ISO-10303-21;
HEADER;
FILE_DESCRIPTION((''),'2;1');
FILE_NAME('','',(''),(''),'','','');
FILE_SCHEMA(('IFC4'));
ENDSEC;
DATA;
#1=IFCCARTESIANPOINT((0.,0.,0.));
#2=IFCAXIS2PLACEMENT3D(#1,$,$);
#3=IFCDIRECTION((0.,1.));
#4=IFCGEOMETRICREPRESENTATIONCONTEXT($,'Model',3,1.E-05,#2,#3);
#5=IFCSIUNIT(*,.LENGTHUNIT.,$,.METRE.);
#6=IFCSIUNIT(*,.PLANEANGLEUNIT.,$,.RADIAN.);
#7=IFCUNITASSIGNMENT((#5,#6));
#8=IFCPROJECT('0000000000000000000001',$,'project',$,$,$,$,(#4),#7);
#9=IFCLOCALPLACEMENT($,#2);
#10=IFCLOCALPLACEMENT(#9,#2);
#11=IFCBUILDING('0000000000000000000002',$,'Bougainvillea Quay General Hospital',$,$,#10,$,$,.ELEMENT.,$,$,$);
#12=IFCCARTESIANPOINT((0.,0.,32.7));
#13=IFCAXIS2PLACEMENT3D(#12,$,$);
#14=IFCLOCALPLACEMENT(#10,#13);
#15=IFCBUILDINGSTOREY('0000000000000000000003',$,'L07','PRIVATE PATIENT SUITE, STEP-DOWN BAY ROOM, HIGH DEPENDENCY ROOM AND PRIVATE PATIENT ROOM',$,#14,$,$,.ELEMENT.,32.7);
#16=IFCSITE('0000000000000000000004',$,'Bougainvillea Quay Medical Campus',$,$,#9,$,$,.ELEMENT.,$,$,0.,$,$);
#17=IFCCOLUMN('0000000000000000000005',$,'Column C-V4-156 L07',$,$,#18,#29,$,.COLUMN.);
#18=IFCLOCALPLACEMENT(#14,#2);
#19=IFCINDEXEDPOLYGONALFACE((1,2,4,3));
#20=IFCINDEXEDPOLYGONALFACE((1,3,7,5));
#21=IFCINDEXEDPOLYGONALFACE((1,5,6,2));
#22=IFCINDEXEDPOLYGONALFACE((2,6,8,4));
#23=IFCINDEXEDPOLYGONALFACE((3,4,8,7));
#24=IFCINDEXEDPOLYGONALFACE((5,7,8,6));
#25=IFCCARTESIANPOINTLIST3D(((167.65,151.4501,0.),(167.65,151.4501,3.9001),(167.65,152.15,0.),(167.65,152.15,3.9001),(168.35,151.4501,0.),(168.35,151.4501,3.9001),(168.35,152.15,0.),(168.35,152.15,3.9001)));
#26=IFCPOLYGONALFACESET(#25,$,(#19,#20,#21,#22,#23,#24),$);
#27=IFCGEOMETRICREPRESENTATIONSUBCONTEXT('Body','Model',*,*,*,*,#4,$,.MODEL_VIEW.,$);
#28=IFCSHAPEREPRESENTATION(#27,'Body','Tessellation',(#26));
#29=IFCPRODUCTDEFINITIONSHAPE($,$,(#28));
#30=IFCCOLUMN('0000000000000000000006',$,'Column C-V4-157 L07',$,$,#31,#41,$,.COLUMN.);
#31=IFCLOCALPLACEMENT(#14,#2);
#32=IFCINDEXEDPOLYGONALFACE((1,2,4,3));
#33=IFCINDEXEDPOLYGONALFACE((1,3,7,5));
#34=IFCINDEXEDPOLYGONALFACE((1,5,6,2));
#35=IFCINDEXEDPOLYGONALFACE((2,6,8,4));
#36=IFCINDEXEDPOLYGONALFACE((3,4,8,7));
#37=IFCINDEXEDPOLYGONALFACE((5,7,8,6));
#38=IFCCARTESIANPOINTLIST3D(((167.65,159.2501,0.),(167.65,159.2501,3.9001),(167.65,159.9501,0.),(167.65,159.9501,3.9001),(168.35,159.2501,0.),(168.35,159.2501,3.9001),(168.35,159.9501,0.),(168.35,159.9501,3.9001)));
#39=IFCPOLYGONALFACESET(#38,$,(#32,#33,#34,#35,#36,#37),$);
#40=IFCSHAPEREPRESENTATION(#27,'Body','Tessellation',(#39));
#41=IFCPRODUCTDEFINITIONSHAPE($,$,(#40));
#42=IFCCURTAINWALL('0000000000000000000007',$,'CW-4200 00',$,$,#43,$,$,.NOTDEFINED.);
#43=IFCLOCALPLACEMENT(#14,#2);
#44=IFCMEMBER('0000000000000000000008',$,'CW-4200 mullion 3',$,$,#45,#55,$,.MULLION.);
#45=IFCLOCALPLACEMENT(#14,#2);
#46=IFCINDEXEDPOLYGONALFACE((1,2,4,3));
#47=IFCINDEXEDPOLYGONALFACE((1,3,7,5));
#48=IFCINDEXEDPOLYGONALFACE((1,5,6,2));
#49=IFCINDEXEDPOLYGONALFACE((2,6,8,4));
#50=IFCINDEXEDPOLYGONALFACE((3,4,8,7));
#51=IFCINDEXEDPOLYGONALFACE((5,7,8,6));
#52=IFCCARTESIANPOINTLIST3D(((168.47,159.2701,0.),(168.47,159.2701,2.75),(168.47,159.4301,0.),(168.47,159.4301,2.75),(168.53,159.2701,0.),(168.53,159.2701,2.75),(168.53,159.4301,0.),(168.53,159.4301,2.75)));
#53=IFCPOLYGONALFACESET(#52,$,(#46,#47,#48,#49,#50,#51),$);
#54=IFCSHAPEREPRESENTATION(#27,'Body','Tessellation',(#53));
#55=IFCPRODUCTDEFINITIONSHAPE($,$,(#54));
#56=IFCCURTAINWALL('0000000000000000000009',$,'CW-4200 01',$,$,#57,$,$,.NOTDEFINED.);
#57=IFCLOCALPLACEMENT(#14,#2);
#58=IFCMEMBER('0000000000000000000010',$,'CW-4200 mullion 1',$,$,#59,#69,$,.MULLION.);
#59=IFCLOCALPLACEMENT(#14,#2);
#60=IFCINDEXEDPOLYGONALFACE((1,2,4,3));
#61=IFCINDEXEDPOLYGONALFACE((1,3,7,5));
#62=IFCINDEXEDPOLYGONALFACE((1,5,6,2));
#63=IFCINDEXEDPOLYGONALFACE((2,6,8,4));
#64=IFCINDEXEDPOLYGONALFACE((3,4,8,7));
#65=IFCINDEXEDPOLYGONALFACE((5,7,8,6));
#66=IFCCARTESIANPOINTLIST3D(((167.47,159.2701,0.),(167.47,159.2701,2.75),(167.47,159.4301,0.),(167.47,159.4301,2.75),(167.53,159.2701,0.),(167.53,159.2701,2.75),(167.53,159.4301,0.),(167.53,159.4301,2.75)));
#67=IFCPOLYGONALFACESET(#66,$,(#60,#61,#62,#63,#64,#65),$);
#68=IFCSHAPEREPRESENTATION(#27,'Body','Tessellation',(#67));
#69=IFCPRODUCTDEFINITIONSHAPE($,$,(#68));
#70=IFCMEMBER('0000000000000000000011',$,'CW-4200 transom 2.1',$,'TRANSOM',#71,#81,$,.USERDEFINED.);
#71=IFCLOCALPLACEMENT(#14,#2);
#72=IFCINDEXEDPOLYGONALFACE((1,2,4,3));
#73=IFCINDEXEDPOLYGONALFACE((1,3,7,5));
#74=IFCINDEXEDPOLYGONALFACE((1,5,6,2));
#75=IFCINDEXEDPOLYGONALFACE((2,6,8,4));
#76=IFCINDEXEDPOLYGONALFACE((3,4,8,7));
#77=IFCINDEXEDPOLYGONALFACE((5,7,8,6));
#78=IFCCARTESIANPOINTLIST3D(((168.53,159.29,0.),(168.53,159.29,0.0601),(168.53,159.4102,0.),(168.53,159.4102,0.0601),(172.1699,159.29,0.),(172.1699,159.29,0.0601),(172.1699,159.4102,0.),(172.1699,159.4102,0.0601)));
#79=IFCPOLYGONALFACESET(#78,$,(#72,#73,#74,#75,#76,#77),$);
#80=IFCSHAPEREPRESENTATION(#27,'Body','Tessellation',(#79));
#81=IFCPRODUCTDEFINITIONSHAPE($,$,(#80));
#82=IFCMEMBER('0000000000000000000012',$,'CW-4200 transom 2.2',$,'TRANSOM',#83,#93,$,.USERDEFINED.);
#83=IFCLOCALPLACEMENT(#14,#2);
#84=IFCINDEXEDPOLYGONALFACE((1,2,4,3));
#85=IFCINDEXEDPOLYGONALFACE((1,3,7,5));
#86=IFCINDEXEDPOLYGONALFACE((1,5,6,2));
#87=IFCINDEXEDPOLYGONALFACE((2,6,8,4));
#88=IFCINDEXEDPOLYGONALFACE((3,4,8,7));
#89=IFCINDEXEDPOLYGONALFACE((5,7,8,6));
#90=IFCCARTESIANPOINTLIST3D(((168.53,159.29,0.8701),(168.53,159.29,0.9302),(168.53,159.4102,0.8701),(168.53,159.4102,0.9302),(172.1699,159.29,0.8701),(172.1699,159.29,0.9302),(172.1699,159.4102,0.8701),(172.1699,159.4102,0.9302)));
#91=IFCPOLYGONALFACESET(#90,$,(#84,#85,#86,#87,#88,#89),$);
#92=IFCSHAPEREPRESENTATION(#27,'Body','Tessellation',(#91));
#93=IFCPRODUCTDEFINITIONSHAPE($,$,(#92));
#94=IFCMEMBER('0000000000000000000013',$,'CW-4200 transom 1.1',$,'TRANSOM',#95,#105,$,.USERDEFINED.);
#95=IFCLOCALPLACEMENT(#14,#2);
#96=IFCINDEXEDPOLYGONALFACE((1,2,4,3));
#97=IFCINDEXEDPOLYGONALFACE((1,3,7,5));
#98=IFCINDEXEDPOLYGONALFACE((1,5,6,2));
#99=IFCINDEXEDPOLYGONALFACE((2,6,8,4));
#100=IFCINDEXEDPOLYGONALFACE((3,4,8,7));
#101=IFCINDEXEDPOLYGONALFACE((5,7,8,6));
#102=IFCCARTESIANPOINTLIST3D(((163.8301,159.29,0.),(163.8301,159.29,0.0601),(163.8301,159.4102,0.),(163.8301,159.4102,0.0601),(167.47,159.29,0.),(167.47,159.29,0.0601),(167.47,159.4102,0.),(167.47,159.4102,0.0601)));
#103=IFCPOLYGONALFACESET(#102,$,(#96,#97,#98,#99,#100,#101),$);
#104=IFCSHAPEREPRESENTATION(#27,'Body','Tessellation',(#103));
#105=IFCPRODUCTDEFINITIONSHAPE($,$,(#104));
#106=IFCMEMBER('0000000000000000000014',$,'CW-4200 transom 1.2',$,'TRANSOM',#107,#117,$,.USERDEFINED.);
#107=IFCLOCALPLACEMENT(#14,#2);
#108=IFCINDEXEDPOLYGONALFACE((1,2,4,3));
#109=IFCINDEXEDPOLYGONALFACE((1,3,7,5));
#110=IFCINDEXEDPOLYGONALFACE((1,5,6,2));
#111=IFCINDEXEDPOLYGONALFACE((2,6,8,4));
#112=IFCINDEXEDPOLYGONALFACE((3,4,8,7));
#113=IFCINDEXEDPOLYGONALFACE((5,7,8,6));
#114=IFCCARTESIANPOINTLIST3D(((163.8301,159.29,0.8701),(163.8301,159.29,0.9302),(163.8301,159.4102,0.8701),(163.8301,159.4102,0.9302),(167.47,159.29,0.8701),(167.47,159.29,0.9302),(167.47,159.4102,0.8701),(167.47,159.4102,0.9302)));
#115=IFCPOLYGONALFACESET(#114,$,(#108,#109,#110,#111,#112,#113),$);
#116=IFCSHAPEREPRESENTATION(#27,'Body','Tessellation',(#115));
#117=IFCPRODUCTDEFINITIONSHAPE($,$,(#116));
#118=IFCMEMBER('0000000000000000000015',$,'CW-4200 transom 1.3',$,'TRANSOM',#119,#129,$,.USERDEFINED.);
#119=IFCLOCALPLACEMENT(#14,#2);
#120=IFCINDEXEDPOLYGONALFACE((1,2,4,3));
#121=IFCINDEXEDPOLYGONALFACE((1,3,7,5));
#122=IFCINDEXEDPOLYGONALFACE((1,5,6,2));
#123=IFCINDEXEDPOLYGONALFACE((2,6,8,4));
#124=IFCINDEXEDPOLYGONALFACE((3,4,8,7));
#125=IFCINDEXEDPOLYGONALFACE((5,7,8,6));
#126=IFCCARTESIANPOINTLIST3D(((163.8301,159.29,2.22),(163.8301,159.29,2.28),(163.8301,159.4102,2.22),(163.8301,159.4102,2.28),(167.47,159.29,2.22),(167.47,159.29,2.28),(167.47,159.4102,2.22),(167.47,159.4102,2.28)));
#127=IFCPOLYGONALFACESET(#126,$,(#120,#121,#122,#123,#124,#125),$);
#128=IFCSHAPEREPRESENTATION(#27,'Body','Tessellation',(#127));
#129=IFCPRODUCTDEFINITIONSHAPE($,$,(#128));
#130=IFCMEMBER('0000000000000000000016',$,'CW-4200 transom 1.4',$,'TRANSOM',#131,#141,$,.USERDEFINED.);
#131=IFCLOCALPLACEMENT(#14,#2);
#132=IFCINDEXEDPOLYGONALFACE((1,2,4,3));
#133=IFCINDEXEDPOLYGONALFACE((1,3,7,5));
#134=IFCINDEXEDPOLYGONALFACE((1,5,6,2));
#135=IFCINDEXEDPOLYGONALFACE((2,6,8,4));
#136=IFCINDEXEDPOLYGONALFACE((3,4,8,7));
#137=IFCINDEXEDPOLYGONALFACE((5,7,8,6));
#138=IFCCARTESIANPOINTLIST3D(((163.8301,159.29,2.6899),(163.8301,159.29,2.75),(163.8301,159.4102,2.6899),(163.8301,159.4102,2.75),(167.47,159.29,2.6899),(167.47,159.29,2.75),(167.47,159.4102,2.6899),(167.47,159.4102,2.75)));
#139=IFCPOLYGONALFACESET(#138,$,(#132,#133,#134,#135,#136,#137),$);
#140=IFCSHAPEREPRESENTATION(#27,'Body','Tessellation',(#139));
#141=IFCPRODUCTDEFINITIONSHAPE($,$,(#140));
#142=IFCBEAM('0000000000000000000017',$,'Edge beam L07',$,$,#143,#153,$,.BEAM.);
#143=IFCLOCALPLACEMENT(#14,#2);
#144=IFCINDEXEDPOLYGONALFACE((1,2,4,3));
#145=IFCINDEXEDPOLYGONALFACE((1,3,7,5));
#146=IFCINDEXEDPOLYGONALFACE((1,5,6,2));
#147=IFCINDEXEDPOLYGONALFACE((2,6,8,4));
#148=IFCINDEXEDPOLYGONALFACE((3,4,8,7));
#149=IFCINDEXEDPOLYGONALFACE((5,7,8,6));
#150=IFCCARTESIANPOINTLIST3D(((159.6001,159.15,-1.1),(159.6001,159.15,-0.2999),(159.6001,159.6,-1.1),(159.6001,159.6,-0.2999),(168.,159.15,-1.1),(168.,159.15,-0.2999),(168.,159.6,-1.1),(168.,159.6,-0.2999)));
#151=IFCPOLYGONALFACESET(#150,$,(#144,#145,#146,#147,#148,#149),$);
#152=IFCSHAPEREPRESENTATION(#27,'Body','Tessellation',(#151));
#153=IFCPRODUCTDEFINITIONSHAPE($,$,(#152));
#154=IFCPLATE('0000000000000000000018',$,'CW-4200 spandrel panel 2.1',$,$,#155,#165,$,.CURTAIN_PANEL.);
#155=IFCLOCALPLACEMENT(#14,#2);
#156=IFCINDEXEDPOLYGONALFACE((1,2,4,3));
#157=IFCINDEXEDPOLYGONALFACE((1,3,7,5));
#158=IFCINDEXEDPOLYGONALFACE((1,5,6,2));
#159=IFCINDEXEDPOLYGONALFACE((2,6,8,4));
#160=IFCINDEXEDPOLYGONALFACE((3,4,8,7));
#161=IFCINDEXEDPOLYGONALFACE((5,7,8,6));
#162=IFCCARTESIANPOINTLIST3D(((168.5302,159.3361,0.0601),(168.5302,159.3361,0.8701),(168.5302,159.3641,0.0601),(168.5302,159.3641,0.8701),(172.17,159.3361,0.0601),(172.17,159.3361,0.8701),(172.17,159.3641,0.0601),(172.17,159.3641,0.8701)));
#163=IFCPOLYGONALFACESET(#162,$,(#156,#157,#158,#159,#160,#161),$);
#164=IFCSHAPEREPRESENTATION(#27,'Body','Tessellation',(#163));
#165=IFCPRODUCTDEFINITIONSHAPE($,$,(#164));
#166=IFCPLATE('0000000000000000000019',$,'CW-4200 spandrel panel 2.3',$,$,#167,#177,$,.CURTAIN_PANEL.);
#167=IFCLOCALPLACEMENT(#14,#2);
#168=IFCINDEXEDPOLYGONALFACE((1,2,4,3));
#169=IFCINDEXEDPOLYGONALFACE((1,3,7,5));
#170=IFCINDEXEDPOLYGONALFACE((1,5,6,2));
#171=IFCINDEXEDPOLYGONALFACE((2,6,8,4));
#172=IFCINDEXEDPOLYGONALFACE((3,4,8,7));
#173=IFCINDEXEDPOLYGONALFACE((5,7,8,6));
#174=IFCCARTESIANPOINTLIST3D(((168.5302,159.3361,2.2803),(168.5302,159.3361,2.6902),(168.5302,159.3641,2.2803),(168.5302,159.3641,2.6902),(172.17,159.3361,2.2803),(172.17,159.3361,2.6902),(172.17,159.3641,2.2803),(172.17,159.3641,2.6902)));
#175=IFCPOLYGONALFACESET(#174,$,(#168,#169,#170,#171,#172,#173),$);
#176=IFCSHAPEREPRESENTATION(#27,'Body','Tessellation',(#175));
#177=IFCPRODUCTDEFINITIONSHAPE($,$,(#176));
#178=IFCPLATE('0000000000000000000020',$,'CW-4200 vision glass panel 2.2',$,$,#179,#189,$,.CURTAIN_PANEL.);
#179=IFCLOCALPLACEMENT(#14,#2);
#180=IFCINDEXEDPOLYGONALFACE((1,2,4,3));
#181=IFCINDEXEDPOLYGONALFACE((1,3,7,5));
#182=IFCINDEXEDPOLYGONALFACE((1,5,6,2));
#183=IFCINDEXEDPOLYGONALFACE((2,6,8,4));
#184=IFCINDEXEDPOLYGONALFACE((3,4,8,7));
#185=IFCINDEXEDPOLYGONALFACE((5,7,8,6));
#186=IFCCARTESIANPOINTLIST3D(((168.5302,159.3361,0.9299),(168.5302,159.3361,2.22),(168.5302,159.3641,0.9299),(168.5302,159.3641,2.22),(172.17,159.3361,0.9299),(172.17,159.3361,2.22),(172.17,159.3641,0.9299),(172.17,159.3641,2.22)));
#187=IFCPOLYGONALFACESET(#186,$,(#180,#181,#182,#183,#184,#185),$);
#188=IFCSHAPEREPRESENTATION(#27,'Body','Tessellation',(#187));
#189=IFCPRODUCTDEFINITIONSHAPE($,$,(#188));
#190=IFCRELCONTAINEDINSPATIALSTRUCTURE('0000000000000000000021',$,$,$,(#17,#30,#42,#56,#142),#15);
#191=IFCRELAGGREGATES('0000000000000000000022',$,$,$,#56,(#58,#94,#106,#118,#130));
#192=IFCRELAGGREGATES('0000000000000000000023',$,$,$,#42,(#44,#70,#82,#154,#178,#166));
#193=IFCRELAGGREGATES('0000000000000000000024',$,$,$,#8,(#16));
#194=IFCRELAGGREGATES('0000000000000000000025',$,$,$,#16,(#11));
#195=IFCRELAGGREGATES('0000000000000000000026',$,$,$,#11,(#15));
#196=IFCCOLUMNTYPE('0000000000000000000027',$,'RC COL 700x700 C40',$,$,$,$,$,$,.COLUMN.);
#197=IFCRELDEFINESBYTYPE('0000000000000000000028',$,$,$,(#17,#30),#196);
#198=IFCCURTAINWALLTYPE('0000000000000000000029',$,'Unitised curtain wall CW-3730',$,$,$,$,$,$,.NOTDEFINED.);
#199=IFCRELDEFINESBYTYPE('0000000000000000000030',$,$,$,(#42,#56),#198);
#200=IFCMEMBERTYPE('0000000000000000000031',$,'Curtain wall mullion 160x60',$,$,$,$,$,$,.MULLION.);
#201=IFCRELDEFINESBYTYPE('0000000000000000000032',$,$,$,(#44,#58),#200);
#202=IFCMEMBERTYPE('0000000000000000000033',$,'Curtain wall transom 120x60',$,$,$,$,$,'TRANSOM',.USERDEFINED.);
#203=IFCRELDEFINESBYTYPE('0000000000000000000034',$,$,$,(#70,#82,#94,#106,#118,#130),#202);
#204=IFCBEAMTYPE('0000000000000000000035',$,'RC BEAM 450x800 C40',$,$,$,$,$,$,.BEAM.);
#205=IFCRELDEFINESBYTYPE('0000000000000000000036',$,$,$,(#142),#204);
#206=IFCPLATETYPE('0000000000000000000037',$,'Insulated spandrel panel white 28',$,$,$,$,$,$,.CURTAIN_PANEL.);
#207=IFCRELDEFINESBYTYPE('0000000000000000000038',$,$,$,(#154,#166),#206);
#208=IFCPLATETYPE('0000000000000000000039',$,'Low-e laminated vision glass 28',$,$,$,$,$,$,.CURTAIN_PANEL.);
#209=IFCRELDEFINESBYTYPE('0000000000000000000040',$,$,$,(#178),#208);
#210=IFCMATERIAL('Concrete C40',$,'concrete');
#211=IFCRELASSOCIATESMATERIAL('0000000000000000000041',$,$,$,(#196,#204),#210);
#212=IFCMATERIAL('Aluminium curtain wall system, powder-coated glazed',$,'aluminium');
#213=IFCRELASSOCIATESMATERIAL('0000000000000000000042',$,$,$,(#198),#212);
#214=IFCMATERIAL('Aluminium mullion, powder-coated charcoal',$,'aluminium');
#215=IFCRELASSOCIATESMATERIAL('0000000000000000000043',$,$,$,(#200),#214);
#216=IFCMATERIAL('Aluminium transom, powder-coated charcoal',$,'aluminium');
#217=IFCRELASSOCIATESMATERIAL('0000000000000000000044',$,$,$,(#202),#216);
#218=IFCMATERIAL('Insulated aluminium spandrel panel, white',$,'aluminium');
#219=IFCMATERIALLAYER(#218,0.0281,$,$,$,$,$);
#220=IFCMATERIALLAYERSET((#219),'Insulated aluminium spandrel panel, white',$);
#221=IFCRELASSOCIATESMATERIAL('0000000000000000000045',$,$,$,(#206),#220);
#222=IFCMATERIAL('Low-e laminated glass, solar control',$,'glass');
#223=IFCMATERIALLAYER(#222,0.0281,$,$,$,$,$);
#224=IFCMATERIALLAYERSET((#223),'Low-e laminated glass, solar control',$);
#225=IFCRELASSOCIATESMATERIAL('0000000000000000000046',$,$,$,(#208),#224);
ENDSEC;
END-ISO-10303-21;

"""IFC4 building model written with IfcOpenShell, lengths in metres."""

from ifc_helpers import new_model, si_unit, direction, frame, origin, origin_2d, place, context, subcontext, project, spatial, rectangle, extrude, material, layer, layer_set, material_profile, profile_set, type_object, element, aggregate, save


model = new_model("IFC4")

# Units and contexts
model_context = context("Model", 3, precision=1e-05, world=origin(), true_north=direction((0.0, 1.0)))
body_context = subcontext(model_context, "Body", "Model", "MODEL_VIEW")
ifc_project = project(units=[si_unit("LENGTHUNIT", "METRE"), si_unit("PLANEANGLEUNIT", "RADIAN")], contexts=[model_context])

# Site, building, storey
site_placement = place(None, origin())
site = spatial("IfcSite", under=ifc_project, at=site_placement, Name="Bougainvillea Quay Medical Campus", CompositionType="ELEMENT", RefElevation=0.0)
building_placement = place(site_placement, origin())
building = spatial("IfcBuilding", under=site, at=building_placement, Name="Bougainvillea Quay General Hospital", CompositionType="ELEMENT")
storey_placement = place(building_placement, frame((0.0, 0.0, 32.7)))
storey = spatial("IfcBuildingStorey", under=building, at=storey_placement, Name="L07", Description="PRIVATE PATIENT SUITE, STEP-DOWN BAY ROOM, HIGH DEPENDENCY ROOM AND PRIVATE PATIENT ROOM", CompositionType="ELEMENT", Elevation=32.7)

# Columns
ifc_material_1 = material(Name="Concrete C40", Category="concrete")
ifc_material_profile_1 = material_profile(ifc_material_1, rectangle(XDim=0.7, YDim=0.7, at=origin_2d()))
ifc_profile_set_1 = profile_set([ifc_material_profile_1], Name="Concrete C40")
column_type = type_object("IfcColumnType", Name="RC COL 700x700 C40", PredefinedType="COLUMN", material=ifc_profile_set_1)
for number, where, z_axis, x_axis, name in (
    (1, (168.0, 151.8, 0.0), (0.0, 0.0, 1.0), (1.0, 0.0, 0.0), "Column C-V4-156 L07"),
    (2, (168.0, 159.6001, 0.0), (0.0, 0.0, 1.0), (1.0, 0.0, 0.0), "Column C-V4-157 L07"),
):
    element("IfcColumn", number, at=place(storey_placement, frame(where, z_axis=z_axis, x_axis=x_axis)), inside=storey, type_object=column_type, Name=name, PredefinedType="COLUMN", context=body_context, shape_type="SweptSolid", body=[
        extrude(rectangle(XDim=0.7, YDim=0.7, at=origin_2d()), origin(), (0.0, 0.0, 1.0), 3.9001),
    ])

# Curtain walls, members
ifc_material_2 = material(Name="Aluminium curtain wall system, powder-coated glazed", Category="aluminium")
curtain_wall_type = type_object("IfcCurtainWallType", Name="Unitised curtain wall CW-3730", PredefinedType="NOTDEFINED", material=ifc_material_2)
curtain_wall_1_placement = place(storey_placement, origin())
curtain_wall_1 = element("IfcCurtainWall", 3, at=curtain_wall_1_placement, inside=storey, type_object=curtain_wall_type, Name="CW-4200 00", PredefinedType="NOTDEFINED")
ifc_material_3 = material(Name="Aluminium mullion, powder-coated charcoal", Category="aluminium")
ifc_material_profile_2 = material_profile(ifc_material_3, rectangle(XDim=0.1599, YDim=0.0601, at=origin_2d()))
ifc_profile_set_2 = profile_set([ifc_material_profile_2], Name="Aluminium mullion, powder-coated charcoal")
member_type_1 = type_object("IfcMemberType", Name="Curtain wall mullion 160x60", PredefinedType="MULLION", material=ifc_profile_set_2)
member_1_placement = place(storey_placement, frame((168.5, 159.3501, 0.0), z_axis=(0.0, 0.0, 1.0), x_axis=(0.0, -1.0, 0.0)))
member_1 = element("IfcMember", 4, at=member_1_placement, type_object=member_type_1, Name="CW-4200 mullion 3", PredefinedType="MULLION", context=body_context, shape_type="SweptSolid", body=[
    extrude(rectangle(XDim=0.1599, YDim=0.0601, at=origin_2d()), origin(), (0.0, 0.0, 1.0), 2.75),
])
curtain_wall_2_placement = place(storey_placement, origin())
curtain_wall_2 = element("IfcCurtainWall", 5, at=curtain_wall_2_placement, inside=storey, type_object=curtain_wall_type, Name="CW-4200 01", PredefinedType="NOTDEFINED")
member_2_placement = place(storey_placement, frame((167.5, 159.3501, 0.0), z_axis=(0.0, 0.0, 1.0), x_axis=(0.0, -1.0, 0.0)))
member_2 = element("IfcMember", 6, at=member_2_placement, type_object=member_type_1, Name="CW-4200 mullion 1", PredefinedType="MULLION", context=body_context, shape_type="SweptSolid", body=[
    extrude(rectangle(XDim=0.1599, YDim=0.0601, at=origin_2d()), origin(), (0.0, 0.0, 1.0), 2.75),
])

# Members
ifc_material_4 = material(Name="Aluminium transom, powder-coated charcoal", Category="aluminium")
ifc_material_profile_3 = material_profile(ifc_material_4, rectangle(XDim=0.1201, YDim=0.0601, at=origin_2d()))
ifc_profile_set_3 = profile_set([ifc_material_profile_3], Name="Aluminium transom, powder-coated charcoal")
member_type_2 = type_object("IfcMemberType", Name="Curtain wall transom 120x60", ElementType="TRANSOM", PredefinedType="USERDEFINED", material=ifc_profile_set_3)
member_3_placement = place(storey_placement, frame((172.1699, 159.3501, 0.03), z_axis=(-1.0, 0.0, 0.0), x_axis=(0.0, -1.0, 0.0)))
member_3 = element("IfcMember", 7, at=member_3_placement, type_object=member_type_2, Name="CW-4200 transom 2.1", ObjectType="TRANSOM", PredefinedType="USERDEFINED", context=body_context, shape_type="SweptSolid", body=[
    extrude(rectangle(XDim=0.1201, YDim=0.0601, at=origin_2d()), origin(), (0.0, 0.0, 1.0), 3.6399),
])
member_4_placement = place(storey_placement, frame((172.1699, 159.3501, 0.9001), z_axis=(-1.0, 0.0, 0.0), x_axis=(0.0, -1.0, 0.0)))
member_4 = element("IfcMember", 8, at=member_4_placement, type_object=member_type_2, Name="CW-4200 transom 2.2", ObjectType="TRANSOM", PredefinedType="USERDEFINED", context=body_context, shape_type="SweptSolid", body=[
    extrude(rectangle(XDim=0.1201, YDim=0.0601, at=origin_2d()), origin(), (0.0, 0.0, 1.0), 3.6399),
])
member_5_placement = place(storey_placement, frame((167.47, 159.3501, 0.03), z_axis=(-1.0, 0.0, 0.0), x_axis=(0.0, -1.0, 0.0)))
member_5 = element("IfcMember", 9, at=member_5_placement, type_object=member_type_2, Name="CW-4200 transom 1.1", ObjectType="TRANSOM", PredefinedType="USERDEFINED", context=body_context, shape_type="SweptSolid", body=[
    extrude(rectangle(XDim=0.1201, YDim=0.0601, at=origin_2d()), origin(), (0.0, 0.0, 1.0), 3.6399),
])
member_6_placement = place(storey_placement, frame((167.47, 159.3501, 0.9001), z_axis=(-1.0, 0.0, 0.0), x_axis=(0.0, -1.0, 0.0)))
member_6 = element("IfcMember", 10, at=member_6_placement, type_object=member_type_2, Name="CW-4200 transom 1.2", ObjectType="TRANSOM", PredefinedType="USERDEFINED", context=body_context, shape_type="SweptSolid", body=[
    extrude(rectangle(XDim=0.1201, YDim=0.0601, at=origin_2d()), origin(), (0.0, 0.0, 1.0), 3.6399),
])
member_7_placement = place(storey_placement, frame((167.47, 159.3501, 2.25), z_axis=(-1.0, 0.0, 0.0), x_axis=(0.0, -1.0, 0.0)))
member_7 = element("IfcMember", 11, at=member_7_placement, type_object=member_type_2, Name="CW-4200 transom 1.3", ObjectType="TRANSOM", PredefinedType="USERDEFINED", context=body_context, shape_type="SweptSolid", body=[
    extrude(rectangle(XDim=0.1201, YDim=0.0601, at=origin_2d()), origin(), (0.0, 0.0, 1.0), 3.6399),
])
member_8_placement = place(storey_placement, frame((167.47, 159.3501, 2.72), z_axis=(-1.0, 0.0, 0.0), x_axis=(0.0, -1.0, 0.0)))
member_8 = element("IfcMember", 12, at=member_8_placement, type_object=member_type_2, Name="CW-4200 transom 1.4", ObjectType="TRANSOM", PredefinedType="USERDEFINED", context=body_context, shape_type="SweptSolid", body=[
    extrude(rectangle(XDim=0.1201, YDim=0.0601, at=origin_2d()), origin(), (0.0, 0.0, 1.0), 3.6399),
])
aggregate(curtain_wall_2, [member_2, member_5, member_6, member_7, member_8])

# Beam
ifc_material_profile_4 = material_profile(ifc_material_1, rectangle(XDim=0.45, YDim=0.8, at=origin_2d()))
ifc_profile_set_4 = profile_set([ifc_material_profile_4], Name="Concrete C40")
beam_type = type_object("IfcBeamType", Name="RC BEAM 450x800 C40", PredefinedType="BEAM", material=ifc_profile_set_4)
beam_placement = place(storey_placement, frame((168.0, 159.375, -0.7), z_axis=(-1.0, 0.0, 0.0), x_axis=(0.0, -1.0, 0.0)))
element("IfcBeam", 13, at=beam_placement, inside=storey, type_object=beam_type, Name="Edge beam L07", PredefinedType="BEAM", context=body_context, shape_type="SweptSolid", body=[
    extrude(rectangle(XDim=0.45, YDim=0.8, at=origin_2d()), origin(), (0.0, 0.0, 1.0), 8.3999),
])

# Plates
ifc_material_5 = material(Name="Insulated aluminium spandrel panel, white", Category="aluminium")
ifc_layer_1 = layer(ifc_material_5, 0.0281)
ifc_layer_set_1 = layer_set([ifc_layer_1], Name="Insulated aluminium spandrel panel, white")
plate_type_1 = type_object("IfcPlateType", Name="Insulated spandrel panel white 28", PredefinedType="CURTAIN_PANEL", material=ifc_layer_set_1)
plate_1_placement = place(storey_placement, frame((170.3501, 159.3501, 0.0601), z_axis=(0.0, 0.0, 1.0), x_axis=(-1.0, 0.0, 0.0)))
plate_1 = element("IfcPlate", 14, at=plate_1_placement, type_object=plate_type_1, Name="CW-4200 spandrel panel 2.1", PredefinedType="CURTAIN_PANEL", context=body_context, shape_type="SweptSolid", body=[
    extrude(rectangle(XDim=3.6399, YDim=0.0281, at=origin_2d()), origin(), (0.0, 0.0, 1.0), 0.8101),
])
plate_2_placement = place(storey_placement, frame((170.3501, 159.3501, 2.2803), z_axis=(0.0, 0.0, 1.0), x_axis=(-1.0, 0.0, 0.0)))
plate_2 = element("IfcPlate", 15, at=plate_2_placement, type_object=plate_type_1, Name="CW-4200 spandrel panel 2.3", PredefinedType="CURTAIN_PANEL", context=body_context, shape_type="SweptSolid", body=[
    extrude(rectangle(XDim=3.6399, YDim=0.0281, at=origin_2d()), origin(), (0.0, 0.0, 1.0), 0.4099),
])
ifc_material_6 = material(Name="Low-e laminated glass, solar control", Category="glass")
ifc_layer_2 = layer(ifc_material_6, 0.0281)
ifc_layer_set_2 = layer_set([ifc_layer_2], Name="Low-e laminated glass, solar control")
plate_type_2 = type_object("IfcPlateType", Name="Low-e laminated vision glass 28", PredefinedType="CURTAIN_PANEL", material=ifc_layer_set_2)
plate_3_placement = place(storey_placement, frame((170.3501, 159.3501, 0.9299), z_axis=(0.0, 0.0, 1.0), x_axis=(-1.0, 0.0, 0.0)))
plate_3 = element("IfcPlate", 16, at=plate_3_placement, type_object=plate_type_2, Name="CW-4200 vision glass panel 2.2", PredefinedType="CURTAIN_PANEL", context=body_context, shape_type="SweptSolid", body=[
    extrude(rectangle(XDim=3.6399, YDim=0.0281, at=origin_2d()), origin(), (0.0, 0.0, 1.0), 1.29),
])
aggregate(curtain_wall_1, [member_1, member_3, member_4, plate_1, plate_3, plate_2])

save(model, "model.ifc")
